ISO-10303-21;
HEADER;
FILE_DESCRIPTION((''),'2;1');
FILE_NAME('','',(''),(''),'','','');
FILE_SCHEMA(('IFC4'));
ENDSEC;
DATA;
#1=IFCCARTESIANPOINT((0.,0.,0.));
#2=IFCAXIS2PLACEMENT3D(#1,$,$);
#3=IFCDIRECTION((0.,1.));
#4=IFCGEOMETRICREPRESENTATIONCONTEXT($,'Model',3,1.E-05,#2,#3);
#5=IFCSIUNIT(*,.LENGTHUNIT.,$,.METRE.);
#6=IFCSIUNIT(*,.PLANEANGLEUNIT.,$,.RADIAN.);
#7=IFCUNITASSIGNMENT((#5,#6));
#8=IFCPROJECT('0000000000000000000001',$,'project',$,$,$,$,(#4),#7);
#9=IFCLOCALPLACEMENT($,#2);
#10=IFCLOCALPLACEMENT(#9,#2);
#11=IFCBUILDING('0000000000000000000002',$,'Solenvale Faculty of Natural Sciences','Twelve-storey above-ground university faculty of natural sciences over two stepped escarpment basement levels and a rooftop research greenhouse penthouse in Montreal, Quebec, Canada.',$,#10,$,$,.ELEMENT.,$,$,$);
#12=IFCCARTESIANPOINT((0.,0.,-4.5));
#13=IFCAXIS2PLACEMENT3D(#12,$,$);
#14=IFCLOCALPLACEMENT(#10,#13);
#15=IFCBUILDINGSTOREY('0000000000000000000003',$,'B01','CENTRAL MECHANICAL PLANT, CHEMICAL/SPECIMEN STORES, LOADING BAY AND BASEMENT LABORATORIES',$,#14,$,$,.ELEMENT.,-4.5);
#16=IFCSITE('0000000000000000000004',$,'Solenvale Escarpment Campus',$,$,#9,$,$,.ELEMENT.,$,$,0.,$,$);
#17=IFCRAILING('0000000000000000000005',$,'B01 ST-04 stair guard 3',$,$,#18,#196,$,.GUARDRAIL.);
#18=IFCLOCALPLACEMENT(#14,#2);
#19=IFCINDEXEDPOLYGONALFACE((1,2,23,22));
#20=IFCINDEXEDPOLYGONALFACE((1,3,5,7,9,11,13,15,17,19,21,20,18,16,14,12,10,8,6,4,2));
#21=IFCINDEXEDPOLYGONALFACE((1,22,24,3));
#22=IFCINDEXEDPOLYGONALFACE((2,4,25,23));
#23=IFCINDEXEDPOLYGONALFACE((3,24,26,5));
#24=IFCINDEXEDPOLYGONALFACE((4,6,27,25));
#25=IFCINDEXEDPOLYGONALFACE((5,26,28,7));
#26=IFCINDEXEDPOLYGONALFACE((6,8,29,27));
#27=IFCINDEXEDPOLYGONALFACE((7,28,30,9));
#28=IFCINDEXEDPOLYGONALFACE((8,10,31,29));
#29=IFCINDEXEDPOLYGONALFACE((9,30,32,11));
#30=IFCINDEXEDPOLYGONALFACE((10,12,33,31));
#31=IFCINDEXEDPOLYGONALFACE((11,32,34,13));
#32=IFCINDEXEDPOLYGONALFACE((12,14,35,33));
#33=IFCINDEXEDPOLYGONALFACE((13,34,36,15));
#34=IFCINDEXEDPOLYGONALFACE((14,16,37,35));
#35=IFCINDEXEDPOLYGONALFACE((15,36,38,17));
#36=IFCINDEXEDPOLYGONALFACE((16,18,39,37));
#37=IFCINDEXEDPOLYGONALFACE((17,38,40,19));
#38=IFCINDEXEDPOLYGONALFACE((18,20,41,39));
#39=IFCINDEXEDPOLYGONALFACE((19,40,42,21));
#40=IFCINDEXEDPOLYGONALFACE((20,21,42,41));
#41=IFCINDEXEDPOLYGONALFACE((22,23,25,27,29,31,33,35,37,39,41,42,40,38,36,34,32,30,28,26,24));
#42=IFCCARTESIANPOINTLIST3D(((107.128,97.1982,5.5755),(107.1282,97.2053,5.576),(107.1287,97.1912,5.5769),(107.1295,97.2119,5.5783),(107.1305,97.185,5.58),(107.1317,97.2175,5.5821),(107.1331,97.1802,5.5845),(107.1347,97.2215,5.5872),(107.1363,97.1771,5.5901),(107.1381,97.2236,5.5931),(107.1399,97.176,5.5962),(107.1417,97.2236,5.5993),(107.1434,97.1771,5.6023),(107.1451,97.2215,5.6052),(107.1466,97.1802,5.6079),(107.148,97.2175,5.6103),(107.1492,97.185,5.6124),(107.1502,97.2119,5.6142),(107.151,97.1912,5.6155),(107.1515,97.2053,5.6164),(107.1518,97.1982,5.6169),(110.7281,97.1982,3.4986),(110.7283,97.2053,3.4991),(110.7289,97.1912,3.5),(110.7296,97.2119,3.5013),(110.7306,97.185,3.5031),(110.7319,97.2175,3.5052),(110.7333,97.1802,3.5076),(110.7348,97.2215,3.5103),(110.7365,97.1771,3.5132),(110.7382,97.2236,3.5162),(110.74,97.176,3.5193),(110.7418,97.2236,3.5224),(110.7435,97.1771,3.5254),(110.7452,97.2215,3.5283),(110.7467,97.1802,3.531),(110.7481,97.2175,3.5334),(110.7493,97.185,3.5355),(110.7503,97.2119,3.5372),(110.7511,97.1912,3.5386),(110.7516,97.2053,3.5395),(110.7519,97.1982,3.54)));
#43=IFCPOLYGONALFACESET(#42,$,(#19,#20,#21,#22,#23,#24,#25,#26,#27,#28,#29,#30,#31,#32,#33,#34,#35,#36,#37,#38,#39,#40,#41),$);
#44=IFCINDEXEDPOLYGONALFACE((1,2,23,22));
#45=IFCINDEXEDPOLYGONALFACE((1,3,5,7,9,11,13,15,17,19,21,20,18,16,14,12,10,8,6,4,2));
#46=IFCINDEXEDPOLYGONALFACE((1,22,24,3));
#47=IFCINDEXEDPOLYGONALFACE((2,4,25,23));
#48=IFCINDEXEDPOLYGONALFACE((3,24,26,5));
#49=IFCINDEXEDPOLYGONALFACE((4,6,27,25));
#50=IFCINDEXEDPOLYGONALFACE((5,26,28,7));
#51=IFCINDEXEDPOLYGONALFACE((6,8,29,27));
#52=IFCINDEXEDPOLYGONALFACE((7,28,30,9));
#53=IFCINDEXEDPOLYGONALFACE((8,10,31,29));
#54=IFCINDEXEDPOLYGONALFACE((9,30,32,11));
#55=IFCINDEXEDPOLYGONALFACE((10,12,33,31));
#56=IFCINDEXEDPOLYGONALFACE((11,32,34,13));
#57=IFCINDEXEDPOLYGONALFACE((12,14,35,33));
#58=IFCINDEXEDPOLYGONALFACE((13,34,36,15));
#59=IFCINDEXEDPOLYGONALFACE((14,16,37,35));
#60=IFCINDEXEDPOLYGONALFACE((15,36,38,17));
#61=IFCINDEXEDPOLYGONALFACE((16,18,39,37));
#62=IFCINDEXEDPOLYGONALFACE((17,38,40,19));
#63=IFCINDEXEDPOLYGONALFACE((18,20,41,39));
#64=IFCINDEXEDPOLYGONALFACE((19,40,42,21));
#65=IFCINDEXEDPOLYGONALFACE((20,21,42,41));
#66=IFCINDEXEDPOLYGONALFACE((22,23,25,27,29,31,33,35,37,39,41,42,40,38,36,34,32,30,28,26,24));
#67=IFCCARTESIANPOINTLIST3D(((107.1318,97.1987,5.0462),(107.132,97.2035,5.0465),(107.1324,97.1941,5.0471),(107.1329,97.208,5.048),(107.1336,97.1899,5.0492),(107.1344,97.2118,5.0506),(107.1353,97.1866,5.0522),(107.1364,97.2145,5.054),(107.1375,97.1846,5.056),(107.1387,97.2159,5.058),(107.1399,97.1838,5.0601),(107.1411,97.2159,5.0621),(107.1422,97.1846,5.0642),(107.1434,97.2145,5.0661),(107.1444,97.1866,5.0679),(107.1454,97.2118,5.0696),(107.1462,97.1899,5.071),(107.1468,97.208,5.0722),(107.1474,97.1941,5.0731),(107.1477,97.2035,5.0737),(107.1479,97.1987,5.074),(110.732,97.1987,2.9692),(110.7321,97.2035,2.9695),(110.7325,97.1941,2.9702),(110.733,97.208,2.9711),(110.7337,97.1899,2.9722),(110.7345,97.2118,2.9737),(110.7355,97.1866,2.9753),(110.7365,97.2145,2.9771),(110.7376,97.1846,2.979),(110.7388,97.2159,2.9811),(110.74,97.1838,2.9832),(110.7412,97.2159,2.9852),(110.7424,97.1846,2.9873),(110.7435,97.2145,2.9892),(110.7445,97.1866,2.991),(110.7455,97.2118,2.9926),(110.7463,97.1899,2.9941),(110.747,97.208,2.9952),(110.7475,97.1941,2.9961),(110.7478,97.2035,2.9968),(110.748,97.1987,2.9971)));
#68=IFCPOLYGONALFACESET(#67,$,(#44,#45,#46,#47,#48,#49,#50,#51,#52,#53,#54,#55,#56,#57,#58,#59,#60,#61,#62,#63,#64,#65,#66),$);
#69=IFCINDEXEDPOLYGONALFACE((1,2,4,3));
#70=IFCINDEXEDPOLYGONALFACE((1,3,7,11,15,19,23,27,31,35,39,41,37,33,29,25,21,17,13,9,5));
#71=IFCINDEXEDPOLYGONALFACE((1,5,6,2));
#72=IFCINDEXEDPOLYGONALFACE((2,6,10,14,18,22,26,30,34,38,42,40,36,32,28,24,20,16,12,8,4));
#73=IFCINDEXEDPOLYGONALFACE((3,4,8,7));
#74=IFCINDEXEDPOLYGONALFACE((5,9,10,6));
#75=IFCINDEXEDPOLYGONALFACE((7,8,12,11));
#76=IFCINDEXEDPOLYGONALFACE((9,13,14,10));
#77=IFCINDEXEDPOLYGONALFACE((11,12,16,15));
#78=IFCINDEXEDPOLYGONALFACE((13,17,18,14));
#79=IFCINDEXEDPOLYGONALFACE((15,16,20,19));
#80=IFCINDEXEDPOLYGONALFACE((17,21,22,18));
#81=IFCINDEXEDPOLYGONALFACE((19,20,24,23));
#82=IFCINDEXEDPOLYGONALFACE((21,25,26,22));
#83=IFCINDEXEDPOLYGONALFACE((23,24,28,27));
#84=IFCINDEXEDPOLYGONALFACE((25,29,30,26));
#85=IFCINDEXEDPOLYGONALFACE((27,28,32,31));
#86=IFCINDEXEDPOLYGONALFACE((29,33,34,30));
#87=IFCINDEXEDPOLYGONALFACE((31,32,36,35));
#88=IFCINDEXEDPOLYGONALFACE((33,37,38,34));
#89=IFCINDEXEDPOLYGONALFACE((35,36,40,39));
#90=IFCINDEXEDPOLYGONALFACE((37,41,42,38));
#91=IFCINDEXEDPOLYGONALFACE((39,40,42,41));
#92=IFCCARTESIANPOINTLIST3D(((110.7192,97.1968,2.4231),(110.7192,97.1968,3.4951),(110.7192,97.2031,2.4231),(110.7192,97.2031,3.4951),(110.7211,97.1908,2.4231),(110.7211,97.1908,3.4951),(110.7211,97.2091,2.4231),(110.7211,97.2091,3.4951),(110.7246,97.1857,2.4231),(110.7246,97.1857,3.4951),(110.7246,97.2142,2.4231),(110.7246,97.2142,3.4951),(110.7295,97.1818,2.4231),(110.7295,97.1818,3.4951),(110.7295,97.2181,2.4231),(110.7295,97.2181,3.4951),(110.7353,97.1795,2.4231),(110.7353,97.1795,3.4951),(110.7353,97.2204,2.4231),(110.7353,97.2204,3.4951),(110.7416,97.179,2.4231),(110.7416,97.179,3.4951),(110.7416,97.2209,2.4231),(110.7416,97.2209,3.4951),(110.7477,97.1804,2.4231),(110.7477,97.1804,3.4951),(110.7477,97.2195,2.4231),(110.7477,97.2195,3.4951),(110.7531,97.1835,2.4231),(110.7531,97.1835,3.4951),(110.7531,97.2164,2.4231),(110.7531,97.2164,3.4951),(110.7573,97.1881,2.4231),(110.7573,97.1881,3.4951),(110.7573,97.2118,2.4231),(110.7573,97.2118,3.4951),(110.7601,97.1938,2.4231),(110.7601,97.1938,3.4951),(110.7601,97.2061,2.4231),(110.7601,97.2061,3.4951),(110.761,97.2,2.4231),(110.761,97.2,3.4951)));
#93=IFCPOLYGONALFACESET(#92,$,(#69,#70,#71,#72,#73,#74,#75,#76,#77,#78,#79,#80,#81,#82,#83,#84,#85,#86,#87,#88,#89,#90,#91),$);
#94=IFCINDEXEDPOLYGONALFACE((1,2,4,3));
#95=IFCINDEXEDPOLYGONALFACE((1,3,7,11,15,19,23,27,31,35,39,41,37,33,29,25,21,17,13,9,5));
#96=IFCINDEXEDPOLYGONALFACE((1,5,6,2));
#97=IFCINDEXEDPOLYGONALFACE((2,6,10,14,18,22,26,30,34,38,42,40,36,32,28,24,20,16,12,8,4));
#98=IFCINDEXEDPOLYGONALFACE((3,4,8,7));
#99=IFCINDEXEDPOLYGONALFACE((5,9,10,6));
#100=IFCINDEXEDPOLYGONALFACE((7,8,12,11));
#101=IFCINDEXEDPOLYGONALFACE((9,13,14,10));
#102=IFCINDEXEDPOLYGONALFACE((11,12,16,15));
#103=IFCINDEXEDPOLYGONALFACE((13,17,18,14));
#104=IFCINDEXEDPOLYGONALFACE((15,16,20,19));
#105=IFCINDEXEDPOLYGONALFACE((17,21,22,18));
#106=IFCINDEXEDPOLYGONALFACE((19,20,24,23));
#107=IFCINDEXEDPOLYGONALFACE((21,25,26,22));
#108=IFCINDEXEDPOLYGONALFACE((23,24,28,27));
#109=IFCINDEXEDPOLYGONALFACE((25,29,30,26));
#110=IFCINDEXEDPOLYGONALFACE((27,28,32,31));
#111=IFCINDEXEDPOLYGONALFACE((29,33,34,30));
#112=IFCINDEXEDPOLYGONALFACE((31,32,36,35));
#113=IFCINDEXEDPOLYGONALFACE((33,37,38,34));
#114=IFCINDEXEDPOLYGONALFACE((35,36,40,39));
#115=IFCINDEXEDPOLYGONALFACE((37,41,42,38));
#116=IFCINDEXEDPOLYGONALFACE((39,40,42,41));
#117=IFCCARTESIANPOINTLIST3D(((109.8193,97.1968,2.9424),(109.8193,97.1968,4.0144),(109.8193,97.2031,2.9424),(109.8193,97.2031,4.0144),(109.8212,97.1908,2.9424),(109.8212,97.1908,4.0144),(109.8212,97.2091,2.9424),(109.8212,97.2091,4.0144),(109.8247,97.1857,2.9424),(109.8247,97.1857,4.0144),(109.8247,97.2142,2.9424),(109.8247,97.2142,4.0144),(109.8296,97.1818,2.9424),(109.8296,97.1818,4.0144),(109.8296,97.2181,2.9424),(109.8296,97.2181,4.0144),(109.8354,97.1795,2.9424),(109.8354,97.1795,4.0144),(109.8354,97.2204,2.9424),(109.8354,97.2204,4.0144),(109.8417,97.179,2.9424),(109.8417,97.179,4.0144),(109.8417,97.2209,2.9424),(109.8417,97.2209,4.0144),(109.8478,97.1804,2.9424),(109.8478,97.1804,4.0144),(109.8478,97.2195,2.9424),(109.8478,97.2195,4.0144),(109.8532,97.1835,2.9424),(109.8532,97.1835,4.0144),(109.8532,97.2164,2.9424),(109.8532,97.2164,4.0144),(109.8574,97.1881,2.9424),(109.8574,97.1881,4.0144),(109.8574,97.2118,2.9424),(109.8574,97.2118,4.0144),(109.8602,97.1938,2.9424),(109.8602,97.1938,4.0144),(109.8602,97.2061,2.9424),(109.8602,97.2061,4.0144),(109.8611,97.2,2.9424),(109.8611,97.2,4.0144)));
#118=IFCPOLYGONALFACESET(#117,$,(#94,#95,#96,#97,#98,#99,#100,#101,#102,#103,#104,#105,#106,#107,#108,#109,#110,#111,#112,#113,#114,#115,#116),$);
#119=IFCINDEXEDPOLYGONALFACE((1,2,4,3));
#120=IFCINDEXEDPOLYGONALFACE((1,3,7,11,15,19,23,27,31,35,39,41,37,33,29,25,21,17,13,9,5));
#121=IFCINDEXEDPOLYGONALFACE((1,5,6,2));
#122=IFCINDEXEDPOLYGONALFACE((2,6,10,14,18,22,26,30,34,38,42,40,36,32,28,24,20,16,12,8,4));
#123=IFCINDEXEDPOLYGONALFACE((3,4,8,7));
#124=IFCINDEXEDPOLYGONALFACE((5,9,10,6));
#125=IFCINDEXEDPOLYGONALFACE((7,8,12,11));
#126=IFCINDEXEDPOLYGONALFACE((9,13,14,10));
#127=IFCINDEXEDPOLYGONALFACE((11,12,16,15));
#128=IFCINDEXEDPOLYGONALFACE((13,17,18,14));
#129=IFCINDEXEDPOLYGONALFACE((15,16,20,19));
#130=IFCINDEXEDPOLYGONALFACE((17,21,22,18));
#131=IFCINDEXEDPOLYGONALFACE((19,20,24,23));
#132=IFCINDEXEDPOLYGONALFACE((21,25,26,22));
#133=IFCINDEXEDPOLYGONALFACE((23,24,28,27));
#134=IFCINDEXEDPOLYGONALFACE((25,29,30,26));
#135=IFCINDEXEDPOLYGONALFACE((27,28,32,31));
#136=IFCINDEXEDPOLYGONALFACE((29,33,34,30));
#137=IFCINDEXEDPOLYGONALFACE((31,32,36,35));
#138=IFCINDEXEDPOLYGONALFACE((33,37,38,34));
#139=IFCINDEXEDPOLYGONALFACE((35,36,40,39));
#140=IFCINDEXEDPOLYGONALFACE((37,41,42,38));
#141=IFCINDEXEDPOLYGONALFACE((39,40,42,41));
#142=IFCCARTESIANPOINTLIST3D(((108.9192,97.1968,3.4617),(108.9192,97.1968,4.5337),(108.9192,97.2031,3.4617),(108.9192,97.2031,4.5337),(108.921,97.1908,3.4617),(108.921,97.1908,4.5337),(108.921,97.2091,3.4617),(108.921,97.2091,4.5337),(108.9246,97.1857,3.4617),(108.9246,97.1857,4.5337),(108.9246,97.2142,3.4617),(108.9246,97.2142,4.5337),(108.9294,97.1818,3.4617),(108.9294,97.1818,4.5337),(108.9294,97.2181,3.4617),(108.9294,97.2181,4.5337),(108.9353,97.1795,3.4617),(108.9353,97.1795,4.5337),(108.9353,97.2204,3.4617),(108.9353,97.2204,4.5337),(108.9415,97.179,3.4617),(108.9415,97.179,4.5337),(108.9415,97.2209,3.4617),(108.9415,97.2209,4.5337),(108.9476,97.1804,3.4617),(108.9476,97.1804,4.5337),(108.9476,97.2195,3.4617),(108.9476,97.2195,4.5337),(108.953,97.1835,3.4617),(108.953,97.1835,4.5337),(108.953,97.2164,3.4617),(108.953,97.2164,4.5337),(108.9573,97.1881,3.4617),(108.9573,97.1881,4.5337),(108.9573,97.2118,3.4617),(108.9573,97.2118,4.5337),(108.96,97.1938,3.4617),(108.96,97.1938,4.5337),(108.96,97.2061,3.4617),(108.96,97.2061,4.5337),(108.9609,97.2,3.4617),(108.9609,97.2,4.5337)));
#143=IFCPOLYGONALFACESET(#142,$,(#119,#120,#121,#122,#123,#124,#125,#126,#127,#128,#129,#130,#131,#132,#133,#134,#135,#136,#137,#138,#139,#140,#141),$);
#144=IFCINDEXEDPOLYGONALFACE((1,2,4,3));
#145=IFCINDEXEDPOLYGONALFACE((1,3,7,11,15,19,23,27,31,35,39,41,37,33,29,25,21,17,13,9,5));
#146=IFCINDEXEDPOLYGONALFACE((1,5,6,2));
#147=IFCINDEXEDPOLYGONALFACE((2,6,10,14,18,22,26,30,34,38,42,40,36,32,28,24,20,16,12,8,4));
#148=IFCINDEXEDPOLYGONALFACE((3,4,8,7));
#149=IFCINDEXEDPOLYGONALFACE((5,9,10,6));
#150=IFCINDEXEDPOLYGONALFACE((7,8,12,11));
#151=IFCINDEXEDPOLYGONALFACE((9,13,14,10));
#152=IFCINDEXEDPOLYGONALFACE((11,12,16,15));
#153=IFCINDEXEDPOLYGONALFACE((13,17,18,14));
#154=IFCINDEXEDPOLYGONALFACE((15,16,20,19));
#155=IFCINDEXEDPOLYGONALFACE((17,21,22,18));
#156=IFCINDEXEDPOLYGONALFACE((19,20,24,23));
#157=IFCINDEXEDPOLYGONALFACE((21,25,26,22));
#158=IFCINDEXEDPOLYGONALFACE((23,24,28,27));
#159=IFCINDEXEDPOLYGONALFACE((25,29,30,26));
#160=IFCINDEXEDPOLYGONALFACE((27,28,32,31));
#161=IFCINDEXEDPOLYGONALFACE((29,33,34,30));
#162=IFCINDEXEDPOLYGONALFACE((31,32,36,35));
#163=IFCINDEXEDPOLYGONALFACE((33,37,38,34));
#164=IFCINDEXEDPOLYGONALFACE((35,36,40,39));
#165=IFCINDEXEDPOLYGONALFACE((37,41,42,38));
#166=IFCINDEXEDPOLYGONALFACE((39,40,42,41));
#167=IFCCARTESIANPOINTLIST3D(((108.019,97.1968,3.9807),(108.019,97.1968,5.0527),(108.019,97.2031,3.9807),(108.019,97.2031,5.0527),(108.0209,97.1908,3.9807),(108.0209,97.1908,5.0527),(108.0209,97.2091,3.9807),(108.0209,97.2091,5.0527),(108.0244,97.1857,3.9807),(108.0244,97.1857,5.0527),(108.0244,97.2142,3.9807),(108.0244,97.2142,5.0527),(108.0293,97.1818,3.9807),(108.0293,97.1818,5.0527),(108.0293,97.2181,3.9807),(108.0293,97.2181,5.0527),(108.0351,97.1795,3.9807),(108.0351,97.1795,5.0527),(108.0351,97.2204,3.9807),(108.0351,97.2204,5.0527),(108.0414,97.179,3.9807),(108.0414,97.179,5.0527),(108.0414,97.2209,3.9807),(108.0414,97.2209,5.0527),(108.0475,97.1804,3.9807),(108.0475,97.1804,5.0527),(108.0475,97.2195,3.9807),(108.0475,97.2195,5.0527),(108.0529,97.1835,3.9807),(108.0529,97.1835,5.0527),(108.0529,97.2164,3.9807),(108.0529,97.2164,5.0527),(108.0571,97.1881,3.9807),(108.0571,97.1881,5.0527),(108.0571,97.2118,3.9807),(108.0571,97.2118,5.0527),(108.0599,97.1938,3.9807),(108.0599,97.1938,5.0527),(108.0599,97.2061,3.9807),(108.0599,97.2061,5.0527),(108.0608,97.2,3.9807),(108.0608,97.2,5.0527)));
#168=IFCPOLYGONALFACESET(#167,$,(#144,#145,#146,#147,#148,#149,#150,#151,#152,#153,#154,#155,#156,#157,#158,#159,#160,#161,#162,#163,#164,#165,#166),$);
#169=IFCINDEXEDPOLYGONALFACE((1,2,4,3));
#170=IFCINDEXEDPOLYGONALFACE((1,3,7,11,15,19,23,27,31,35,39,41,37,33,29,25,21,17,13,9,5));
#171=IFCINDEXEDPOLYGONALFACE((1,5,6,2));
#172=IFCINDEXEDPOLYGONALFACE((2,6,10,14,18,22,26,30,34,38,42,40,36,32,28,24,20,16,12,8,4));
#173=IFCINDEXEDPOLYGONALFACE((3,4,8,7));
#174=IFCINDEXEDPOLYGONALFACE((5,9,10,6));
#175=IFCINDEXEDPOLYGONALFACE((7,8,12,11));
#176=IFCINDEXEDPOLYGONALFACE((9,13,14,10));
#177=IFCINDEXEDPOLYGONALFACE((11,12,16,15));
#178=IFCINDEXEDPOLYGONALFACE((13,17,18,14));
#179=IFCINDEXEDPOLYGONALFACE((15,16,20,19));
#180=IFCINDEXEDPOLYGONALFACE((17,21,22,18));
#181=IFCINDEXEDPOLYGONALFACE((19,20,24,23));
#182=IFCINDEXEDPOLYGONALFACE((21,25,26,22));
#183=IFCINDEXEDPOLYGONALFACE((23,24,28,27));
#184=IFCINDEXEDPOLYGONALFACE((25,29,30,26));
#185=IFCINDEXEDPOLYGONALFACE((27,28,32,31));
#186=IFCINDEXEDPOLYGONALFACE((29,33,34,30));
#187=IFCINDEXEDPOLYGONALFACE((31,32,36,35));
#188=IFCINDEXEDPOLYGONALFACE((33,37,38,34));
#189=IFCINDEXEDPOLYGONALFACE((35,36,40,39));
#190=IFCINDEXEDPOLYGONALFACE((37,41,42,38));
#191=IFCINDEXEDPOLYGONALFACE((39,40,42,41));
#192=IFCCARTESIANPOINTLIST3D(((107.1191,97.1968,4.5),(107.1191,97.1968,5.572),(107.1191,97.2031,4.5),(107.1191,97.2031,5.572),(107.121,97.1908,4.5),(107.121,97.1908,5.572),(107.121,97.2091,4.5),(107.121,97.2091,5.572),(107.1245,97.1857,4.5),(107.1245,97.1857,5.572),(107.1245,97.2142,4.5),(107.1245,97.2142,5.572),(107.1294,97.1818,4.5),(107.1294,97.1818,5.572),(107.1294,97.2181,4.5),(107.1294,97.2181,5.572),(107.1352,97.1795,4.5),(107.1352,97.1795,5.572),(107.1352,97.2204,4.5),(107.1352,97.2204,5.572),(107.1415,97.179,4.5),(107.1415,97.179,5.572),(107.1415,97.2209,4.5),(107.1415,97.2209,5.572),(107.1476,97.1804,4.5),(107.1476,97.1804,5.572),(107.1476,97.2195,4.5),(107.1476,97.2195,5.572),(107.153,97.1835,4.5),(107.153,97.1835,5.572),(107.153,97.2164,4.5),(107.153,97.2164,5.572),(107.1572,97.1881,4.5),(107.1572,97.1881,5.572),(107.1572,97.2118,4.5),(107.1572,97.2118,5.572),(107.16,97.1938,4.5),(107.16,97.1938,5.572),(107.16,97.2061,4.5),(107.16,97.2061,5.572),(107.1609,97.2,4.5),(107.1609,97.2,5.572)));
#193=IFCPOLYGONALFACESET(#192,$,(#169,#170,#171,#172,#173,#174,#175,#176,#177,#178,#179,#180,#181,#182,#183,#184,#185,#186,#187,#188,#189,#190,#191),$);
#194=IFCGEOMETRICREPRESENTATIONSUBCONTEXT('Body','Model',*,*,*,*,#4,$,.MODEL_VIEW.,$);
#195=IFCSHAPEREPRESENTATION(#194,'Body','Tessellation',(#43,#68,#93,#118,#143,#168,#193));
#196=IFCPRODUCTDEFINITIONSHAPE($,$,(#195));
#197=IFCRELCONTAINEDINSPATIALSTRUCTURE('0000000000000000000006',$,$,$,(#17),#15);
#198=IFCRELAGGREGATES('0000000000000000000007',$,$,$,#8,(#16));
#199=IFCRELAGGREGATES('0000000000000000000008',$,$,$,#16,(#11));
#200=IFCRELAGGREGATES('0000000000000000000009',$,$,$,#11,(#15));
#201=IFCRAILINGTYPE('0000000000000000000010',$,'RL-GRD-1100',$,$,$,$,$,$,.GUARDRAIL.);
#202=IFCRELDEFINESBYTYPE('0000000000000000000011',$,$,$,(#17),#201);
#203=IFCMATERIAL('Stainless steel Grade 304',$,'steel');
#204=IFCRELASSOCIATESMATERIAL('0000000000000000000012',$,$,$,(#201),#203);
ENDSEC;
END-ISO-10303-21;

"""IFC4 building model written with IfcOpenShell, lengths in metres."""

from ifc_helpers import new_model, si_unit, direction, frame, origin, origin_2d, place, context, subcontext, project, spatial, circle, extrude, material, type_object, element, save


model = new_model("IFC4")

# Units and contexts
model_context = context("Model", 3, precision=1e-05, world=origin(), true_north=direction((0.0, 1.0)))
body_context = subcontext(model_context, "Body", "Model", "MODEL_VIEW")
ifc_project = project(units=[si_unit("LENGTHUNIT", "METRE"), si_unit("PLANEANGLEUNIT", "RADIAN")], contexts=[model_context])

# Site, building, storey
site_placement = place(None, origin())
site = spatial("IfcSite", under=ifc_project, at=site_placement, Name="Solenvale Escarpment Campus", CompositionType="ELEMENT", RefElevation=0.0)
building_placement = place(site_placement, origin())
building = spatial("IfcBuilding", under=site, at=building_placement, Name="Solenvale Faculty of Natural Sciences", Description="Twelve-storey above-ground university faculty of natural sciences over two stepped escarpment basement levels and a rooftop research greenhouse penthouse in Montreal, Quebec, Canada.", CompositionType="ELEMENT")
storey_placement = place(building_placement, frame((0.0, 0.0, -4.5)))
storey = spatial("IfcBuildingStorey", under=building, at=storey_placement, Name="B01", Description="CENTRAL MECHANICAL PLANT, CHEMICAL/SPECIMEN STORES, LOADING BAY AND BASEMENT LABORATORIES", CompositionType="ELEMENT", Elevation=-4.5)

# Railing
ifc_material_1 = material(Name="Stainless steel Grade 304", Category="steel")
railing_type_1 = type_object("IfcRailingType", Name="RL-GRD-1100", PredefinedType="GUARDRAIL", material=ifc_material_1)
railing_1_placement = place(storey_placement, frame((110.74, 97.2, 2.4231)))
element("IfcRailing", 1, at=railing_1_placement, inside=storey, type_object=railing_type_1, Name="B01 ST-04 stair guard 3", PredefinedType="GUARDRAIL", context=body_context, shape_type="SweptSolid", body=[
    extrude(circle(Radius=0.0239, at=origin_2d()), frame((0.0, 0.0, 1.0962), z_axis=(-0.866193, 0.0, 0.499709), x_axis=(0.0, -1.0, 0.0)), (0.0, 0.0, 1.0), 4.1562),
    extrude(circle(Radius=0.0161, at=origin_2d()), frame((0.0, 0.0, 0.5601), z_axis=(-0.866193, 0.0, 0.499709), x_axis=(0.0, -1.0, 0.0)), (0.0, 0.0, 1.0), 4.1562),
    extrude(circle(Radius=0.021, at=origin_2d()), origin(), (0.0, 0.0, 1.0), 1.072),
    extrude(circle(Radius=0.021, at=origin_2d()), frame((-0.8999, 0.0, 0.5193)), (0.0, 0.0, 1.0), 1.072),
    extrude(circle(Radius=0.021, at=origin_2d()), frame((-1.8, 0.0, 1.0386)), (0.0, 0.0, 1.0), 1.072),
    extrude(circle(Radius=0.021, at=origin_2d()), frame((-2.7002, 0.0, 1.5576)), (0.0, 0.0, 1.0), 1.072),
    extrude(circle(Radius=0.021, at=origin_2d()), frame((-3.6001, 0.0, 2.0769)), (0.0, 0.0, 1.0), 1.072),
])

save(model, "model.ifc")
